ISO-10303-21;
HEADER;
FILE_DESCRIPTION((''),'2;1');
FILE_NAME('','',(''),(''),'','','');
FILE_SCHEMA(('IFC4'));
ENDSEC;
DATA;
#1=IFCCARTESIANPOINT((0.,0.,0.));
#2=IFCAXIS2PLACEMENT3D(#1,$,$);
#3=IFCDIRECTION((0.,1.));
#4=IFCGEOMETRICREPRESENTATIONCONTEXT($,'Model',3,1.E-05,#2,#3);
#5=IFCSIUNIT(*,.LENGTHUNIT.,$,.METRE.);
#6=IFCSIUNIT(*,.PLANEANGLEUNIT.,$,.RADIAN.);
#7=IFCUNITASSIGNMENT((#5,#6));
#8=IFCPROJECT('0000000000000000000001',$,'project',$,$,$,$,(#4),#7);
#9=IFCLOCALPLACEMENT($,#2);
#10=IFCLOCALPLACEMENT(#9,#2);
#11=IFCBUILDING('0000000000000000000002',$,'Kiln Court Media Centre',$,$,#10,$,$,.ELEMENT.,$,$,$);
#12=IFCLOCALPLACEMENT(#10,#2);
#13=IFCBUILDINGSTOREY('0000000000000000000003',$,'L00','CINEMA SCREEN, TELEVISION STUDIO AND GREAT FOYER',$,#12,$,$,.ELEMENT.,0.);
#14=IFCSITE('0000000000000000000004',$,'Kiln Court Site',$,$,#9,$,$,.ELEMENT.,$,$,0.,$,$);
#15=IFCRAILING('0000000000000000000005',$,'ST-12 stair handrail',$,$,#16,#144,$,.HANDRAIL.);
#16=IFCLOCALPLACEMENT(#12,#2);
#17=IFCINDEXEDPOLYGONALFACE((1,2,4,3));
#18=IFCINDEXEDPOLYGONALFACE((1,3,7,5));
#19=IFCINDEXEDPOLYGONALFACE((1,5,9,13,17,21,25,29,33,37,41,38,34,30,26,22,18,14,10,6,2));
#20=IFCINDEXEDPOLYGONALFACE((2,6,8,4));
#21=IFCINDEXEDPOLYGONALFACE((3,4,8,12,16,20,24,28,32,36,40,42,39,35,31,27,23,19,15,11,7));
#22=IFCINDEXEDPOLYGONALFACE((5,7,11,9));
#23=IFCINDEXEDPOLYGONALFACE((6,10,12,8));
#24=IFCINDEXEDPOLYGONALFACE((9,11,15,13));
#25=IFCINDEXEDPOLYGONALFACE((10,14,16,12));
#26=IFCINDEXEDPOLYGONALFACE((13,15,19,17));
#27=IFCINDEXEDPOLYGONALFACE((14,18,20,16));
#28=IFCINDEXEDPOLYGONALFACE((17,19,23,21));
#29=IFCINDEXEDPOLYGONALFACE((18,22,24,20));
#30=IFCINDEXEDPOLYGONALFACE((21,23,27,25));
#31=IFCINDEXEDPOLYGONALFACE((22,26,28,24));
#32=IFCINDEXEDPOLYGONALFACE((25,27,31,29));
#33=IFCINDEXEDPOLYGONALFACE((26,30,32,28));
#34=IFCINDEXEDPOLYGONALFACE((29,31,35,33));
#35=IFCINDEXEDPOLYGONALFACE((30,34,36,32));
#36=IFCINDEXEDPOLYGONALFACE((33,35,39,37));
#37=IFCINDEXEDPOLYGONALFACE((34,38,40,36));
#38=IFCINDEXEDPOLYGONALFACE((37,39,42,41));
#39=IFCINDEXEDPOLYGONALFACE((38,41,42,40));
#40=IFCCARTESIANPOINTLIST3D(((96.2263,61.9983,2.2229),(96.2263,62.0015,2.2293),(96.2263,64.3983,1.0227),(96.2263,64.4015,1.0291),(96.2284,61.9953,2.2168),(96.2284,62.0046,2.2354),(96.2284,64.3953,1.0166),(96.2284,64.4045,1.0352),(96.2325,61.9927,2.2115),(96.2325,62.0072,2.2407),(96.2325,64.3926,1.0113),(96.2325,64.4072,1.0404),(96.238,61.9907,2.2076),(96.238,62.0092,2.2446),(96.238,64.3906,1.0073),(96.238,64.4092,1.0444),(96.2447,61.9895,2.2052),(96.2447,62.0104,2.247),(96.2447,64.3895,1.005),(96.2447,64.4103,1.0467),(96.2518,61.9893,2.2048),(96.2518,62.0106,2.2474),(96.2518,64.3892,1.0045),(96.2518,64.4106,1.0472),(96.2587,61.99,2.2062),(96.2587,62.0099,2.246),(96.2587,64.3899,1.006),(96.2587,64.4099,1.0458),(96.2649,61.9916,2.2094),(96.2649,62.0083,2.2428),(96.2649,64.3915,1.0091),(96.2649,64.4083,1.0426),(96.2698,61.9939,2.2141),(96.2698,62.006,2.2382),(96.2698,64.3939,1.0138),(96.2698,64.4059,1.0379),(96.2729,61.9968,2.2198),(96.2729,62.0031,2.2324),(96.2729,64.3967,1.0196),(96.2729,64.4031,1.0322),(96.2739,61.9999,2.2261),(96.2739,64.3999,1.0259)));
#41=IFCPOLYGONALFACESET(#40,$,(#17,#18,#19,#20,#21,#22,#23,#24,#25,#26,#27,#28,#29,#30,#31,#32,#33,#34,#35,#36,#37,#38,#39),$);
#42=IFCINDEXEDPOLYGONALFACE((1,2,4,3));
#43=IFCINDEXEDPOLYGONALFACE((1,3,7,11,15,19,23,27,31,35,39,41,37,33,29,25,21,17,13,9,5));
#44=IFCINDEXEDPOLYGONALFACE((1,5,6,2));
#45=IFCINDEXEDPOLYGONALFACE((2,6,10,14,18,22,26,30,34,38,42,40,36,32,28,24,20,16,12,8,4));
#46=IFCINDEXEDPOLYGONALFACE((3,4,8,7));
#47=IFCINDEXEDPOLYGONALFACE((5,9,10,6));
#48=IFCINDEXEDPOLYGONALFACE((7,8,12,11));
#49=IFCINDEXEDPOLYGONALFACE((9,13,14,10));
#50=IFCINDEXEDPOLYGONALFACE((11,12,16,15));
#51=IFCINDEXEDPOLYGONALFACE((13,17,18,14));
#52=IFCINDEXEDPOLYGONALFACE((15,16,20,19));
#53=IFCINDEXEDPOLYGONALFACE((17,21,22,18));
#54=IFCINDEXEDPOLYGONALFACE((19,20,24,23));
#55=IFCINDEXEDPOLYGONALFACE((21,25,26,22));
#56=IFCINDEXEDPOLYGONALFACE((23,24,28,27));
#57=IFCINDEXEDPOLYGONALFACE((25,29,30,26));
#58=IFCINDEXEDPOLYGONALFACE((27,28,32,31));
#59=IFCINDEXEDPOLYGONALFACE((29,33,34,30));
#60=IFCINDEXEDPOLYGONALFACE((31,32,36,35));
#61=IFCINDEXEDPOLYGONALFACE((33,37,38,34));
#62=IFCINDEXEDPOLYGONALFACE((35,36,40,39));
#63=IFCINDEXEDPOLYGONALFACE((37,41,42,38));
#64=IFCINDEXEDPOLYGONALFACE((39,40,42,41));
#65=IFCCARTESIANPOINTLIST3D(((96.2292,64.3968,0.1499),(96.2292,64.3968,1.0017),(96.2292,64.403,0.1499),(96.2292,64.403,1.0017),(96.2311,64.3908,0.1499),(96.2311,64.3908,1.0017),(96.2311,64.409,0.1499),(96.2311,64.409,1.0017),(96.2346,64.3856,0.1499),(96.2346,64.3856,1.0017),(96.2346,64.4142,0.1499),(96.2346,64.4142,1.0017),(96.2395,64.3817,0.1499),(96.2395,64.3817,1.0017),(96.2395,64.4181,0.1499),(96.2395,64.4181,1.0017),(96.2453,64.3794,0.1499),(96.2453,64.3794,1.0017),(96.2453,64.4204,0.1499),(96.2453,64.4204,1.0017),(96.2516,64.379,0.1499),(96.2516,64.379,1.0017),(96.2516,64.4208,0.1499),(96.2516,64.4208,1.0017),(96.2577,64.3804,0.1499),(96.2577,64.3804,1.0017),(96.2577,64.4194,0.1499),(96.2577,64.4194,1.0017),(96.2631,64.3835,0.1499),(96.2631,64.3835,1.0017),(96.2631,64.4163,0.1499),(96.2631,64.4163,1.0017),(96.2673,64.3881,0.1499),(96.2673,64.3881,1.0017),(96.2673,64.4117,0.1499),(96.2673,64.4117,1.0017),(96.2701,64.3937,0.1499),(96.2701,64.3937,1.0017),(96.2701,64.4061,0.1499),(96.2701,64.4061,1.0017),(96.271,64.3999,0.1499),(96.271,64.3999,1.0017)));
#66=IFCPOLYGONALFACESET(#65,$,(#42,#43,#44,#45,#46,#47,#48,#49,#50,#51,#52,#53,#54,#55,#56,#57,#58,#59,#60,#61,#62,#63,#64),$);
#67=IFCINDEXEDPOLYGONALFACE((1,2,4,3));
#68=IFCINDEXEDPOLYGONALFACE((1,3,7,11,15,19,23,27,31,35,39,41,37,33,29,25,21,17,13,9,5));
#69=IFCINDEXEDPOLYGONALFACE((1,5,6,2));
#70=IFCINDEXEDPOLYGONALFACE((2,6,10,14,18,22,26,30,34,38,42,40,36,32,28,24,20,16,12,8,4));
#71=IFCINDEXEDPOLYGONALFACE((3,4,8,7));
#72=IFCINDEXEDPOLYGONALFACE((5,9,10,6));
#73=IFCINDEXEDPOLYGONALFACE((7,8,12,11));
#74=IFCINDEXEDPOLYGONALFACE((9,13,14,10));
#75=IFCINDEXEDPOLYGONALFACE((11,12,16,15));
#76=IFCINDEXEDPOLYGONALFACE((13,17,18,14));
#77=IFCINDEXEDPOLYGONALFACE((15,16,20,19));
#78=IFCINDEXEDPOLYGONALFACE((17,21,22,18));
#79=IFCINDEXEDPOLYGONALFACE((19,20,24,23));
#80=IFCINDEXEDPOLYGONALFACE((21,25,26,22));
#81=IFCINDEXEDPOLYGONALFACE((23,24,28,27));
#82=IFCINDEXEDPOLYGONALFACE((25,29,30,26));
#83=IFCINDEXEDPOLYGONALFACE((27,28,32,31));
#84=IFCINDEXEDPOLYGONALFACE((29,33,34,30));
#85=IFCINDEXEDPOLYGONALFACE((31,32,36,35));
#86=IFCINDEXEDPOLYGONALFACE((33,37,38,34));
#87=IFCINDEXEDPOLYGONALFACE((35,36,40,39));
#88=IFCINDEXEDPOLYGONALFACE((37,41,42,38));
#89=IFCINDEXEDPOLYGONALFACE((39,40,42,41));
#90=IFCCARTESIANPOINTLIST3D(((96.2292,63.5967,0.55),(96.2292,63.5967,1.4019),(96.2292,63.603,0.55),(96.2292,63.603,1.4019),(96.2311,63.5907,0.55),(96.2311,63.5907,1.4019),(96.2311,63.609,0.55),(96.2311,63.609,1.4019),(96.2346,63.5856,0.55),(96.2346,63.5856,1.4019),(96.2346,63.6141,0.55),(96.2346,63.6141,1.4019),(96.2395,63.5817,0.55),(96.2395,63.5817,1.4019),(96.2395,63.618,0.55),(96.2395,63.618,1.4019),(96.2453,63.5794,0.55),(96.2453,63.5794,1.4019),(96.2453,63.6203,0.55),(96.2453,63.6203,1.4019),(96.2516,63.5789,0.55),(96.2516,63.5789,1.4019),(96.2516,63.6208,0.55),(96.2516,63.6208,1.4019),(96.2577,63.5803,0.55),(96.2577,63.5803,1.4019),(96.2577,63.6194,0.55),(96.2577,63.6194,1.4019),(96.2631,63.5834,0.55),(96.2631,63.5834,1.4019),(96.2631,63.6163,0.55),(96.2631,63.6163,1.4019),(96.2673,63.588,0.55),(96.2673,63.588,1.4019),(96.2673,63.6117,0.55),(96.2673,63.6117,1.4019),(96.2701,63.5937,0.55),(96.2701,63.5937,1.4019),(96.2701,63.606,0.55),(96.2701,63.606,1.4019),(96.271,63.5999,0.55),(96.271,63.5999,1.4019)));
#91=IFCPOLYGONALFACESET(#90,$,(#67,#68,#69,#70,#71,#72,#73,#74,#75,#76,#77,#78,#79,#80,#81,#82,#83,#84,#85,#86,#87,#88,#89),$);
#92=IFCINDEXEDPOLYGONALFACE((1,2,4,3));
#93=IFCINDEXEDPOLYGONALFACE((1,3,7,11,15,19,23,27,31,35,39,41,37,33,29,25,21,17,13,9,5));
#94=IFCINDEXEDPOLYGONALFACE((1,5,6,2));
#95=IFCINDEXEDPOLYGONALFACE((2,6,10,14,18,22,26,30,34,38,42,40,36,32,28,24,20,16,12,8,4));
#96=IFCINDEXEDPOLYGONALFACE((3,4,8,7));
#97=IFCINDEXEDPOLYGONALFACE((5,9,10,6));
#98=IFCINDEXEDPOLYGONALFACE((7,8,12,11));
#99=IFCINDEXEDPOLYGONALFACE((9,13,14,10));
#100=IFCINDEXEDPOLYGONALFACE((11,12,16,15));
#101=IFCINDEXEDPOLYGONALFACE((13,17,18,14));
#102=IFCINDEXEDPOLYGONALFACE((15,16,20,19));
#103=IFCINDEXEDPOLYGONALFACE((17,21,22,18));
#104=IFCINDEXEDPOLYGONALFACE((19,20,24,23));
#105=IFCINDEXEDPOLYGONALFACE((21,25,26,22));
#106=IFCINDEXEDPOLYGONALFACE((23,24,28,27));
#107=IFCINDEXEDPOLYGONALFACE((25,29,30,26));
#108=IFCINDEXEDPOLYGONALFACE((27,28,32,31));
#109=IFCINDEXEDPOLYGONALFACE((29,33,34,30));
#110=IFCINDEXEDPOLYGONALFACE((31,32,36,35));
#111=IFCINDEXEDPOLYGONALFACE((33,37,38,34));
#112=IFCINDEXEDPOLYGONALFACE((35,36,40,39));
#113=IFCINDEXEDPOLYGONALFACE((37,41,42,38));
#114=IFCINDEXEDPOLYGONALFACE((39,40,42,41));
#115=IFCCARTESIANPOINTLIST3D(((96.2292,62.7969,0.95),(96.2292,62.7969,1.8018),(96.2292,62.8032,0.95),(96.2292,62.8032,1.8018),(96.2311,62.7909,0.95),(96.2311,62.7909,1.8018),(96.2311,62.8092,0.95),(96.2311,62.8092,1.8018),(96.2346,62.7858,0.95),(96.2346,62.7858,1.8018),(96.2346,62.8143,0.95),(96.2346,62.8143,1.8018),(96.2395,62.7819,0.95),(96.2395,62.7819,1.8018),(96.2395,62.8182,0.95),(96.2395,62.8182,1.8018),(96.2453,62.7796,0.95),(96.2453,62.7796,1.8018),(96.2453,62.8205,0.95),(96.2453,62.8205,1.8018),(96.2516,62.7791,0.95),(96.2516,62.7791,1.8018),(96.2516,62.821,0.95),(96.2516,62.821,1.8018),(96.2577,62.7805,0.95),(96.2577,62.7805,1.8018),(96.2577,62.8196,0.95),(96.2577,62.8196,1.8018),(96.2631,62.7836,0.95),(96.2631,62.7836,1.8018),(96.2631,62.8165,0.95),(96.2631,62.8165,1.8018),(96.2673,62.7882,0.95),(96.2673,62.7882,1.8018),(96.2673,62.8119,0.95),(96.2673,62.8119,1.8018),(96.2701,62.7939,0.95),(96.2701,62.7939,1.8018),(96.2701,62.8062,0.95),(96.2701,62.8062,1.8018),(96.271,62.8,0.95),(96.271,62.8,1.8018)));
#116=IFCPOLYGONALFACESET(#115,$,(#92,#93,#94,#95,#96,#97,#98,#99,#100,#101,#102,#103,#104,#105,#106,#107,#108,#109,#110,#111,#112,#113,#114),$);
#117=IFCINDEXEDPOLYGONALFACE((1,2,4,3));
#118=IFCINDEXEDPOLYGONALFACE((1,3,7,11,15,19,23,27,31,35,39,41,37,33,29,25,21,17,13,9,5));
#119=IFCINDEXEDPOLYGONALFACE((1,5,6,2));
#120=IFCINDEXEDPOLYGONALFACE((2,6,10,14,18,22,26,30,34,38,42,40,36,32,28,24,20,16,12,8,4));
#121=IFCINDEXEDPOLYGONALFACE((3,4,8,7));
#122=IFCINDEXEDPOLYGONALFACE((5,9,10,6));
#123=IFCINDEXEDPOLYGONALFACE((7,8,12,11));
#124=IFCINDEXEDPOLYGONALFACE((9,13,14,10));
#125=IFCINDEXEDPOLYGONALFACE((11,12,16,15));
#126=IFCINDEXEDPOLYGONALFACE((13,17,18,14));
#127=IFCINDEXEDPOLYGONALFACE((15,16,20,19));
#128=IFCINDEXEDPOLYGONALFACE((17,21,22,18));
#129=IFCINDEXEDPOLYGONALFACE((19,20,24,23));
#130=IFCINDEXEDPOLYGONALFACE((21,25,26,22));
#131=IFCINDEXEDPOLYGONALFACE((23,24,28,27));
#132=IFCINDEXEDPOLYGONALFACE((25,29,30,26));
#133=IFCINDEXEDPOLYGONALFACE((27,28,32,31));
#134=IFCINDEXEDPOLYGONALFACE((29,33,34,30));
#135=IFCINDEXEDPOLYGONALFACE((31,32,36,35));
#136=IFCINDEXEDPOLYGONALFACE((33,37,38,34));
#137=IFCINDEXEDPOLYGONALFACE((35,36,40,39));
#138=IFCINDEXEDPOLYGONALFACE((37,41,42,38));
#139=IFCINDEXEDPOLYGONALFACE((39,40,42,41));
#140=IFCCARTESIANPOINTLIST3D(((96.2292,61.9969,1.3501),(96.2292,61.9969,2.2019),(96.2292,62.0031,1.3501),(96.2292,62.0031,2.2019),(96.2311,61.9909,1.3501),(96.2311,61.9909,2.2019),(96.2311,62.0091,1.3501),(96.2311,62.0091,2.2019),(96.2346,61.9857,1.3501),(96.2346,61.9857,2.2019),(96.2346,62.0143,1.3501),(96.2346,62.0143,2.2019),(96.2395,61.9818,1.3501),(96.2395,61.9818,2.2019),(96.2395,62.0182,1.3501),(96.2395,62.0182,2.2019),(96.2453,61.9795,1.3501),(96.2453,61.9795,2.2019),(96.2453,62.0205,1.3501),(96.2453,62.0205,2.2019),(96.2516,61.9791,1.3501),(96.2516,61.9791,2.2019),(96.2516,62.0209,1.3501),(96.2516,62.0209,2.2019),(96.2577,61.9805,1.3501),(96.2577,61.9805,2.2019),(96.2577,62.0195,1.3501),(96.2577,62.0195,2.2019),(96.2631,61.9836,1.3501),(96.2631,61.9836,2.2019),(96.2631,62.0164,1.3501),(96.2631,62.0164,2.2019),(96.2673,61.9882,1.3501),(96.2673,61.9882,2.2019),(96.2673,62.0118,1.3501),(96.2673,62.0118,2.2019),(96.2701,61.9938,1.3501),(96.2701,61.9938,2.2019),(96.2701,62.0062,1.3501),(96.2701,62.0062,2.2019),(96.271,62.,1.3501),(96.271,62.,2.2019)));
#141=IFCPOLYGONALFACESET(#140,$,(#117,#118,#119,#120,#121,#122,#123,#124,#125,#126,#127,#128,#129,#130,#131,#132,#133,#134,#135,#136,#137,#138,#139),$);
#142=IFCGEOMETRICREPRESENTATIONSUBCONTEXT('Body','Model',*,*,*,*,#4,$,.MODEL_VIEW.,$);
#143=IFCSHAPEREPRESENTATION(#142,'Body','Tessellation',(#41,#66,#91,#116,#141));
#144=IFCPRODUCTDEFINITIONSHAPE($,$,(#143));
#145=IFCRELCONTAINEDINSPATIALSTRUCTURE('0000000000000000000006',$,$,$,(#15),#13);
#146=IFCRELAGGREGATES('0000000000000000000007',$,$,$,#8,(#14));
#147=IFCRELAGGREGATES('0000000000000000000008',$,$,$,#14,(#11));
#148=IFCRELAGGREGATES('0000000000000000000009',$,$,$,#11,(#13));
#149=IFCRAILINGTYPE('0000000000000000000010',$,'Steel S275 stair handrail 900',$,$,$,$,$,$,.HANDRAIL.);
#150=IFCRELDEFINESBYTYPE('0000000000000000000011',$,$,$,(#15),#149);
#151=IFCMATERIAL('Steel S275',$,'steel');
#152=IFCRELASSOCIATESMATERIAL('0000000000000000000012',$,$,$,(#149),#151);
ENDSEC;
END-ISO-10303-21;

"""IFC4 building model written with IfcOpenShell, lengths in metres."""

from ifc_helpers import new_model, si_unit, direction, frame, origin, origin_2d, place, context, subcontext, project, spatial, circle, extrude, material, type_object, element, save


model = new_model("IFC4")

# Units and contexts
model_context = context("Model", 3, precision=1e-05, world=origin(), true_north=direction((0.0, 1.0)))
body_context = subcontext(model_context, "Body", "Model", "MODEL_VIEW")
ifc_project = project(units=[si_unit("LENGTHUNIT", "METRE"), si_unit("PLANEANGLEUNIT", "RADIAN")], contexts=[model_context])

# Site, building, storey
site_placement = place(None, origin())
site = spatial("IfcSite", under=ifc_project, at=site_placement, Name="Kiln Court Site", CompositionType="ELEMENT", RefElevation=0.0)
building_placement = place(site_placement, origin())
building = spatial("IfcBuilding", under=site, at=building_placement, Name="Kiln Court Media Centre", CompositionType="ELEMENT")
storey_placement = place(building_placement, origin())
storey = spatial("IfcBuildingStorey", under=building, at=storey_placement, Name="L00", Description="CINEMA SCREEN, TELEVISION STUDIO AND GREAT FOYER", CompositionType="ELEMENT", Elevation=0.0)

# Railing
ifc_material_1 = material(Name="Steel S275", Category="steel")
railing_type_1 = type_object("IfcRailingType", Name="Steel S275 stair handrail 900", PredefinedType="HANDRAIL", material=ifc_material_1)
railing_1_placement = place(storey_placement, frame((96.25, 64.3999, 0.1499)))
element("IfcRailing", 1, at=railing_1_placement, inside=storey, type_object=railing_type_1, Name="ST-12 stair handrail", PredefinedType="HANDRAIL", context=body_context, shape_type="SweptSolid", body=[
    extrude(circle(Radius=0.0239, at=origin_2d()), frame((0.0, 0.0, 0.876), z_axis=(0.0, -0.894391, 0.447286), x_axis=(1.0, 0.0, 0.0)), (0.0, 0.0, 1.0), 2.6833),
    extrude(circle(Radius=0.021, at=origin_2d()), origin(), (0.0, 0.0, 1.0), 0.8518),
    extrude(circle(Radius=0.021, at=origin_2d()), frame((0.0, -0.8, 0.4001)), (0.0, 0.0, 1.0), 0.8518),
    extrude(circle(Radius=0.021, at=origin_2d()), frame((0.0, -1.5999, 0.8)), (0.0, 0.0, 1.0), 0.8518),
    extrude(circle(Radius=0.021, at=origin_2d()), frame((0.0, -2.3999, 1.2002)), (0.0, 0.0, 1.0), 0.8518),
])

save(model, "model.ifc")
